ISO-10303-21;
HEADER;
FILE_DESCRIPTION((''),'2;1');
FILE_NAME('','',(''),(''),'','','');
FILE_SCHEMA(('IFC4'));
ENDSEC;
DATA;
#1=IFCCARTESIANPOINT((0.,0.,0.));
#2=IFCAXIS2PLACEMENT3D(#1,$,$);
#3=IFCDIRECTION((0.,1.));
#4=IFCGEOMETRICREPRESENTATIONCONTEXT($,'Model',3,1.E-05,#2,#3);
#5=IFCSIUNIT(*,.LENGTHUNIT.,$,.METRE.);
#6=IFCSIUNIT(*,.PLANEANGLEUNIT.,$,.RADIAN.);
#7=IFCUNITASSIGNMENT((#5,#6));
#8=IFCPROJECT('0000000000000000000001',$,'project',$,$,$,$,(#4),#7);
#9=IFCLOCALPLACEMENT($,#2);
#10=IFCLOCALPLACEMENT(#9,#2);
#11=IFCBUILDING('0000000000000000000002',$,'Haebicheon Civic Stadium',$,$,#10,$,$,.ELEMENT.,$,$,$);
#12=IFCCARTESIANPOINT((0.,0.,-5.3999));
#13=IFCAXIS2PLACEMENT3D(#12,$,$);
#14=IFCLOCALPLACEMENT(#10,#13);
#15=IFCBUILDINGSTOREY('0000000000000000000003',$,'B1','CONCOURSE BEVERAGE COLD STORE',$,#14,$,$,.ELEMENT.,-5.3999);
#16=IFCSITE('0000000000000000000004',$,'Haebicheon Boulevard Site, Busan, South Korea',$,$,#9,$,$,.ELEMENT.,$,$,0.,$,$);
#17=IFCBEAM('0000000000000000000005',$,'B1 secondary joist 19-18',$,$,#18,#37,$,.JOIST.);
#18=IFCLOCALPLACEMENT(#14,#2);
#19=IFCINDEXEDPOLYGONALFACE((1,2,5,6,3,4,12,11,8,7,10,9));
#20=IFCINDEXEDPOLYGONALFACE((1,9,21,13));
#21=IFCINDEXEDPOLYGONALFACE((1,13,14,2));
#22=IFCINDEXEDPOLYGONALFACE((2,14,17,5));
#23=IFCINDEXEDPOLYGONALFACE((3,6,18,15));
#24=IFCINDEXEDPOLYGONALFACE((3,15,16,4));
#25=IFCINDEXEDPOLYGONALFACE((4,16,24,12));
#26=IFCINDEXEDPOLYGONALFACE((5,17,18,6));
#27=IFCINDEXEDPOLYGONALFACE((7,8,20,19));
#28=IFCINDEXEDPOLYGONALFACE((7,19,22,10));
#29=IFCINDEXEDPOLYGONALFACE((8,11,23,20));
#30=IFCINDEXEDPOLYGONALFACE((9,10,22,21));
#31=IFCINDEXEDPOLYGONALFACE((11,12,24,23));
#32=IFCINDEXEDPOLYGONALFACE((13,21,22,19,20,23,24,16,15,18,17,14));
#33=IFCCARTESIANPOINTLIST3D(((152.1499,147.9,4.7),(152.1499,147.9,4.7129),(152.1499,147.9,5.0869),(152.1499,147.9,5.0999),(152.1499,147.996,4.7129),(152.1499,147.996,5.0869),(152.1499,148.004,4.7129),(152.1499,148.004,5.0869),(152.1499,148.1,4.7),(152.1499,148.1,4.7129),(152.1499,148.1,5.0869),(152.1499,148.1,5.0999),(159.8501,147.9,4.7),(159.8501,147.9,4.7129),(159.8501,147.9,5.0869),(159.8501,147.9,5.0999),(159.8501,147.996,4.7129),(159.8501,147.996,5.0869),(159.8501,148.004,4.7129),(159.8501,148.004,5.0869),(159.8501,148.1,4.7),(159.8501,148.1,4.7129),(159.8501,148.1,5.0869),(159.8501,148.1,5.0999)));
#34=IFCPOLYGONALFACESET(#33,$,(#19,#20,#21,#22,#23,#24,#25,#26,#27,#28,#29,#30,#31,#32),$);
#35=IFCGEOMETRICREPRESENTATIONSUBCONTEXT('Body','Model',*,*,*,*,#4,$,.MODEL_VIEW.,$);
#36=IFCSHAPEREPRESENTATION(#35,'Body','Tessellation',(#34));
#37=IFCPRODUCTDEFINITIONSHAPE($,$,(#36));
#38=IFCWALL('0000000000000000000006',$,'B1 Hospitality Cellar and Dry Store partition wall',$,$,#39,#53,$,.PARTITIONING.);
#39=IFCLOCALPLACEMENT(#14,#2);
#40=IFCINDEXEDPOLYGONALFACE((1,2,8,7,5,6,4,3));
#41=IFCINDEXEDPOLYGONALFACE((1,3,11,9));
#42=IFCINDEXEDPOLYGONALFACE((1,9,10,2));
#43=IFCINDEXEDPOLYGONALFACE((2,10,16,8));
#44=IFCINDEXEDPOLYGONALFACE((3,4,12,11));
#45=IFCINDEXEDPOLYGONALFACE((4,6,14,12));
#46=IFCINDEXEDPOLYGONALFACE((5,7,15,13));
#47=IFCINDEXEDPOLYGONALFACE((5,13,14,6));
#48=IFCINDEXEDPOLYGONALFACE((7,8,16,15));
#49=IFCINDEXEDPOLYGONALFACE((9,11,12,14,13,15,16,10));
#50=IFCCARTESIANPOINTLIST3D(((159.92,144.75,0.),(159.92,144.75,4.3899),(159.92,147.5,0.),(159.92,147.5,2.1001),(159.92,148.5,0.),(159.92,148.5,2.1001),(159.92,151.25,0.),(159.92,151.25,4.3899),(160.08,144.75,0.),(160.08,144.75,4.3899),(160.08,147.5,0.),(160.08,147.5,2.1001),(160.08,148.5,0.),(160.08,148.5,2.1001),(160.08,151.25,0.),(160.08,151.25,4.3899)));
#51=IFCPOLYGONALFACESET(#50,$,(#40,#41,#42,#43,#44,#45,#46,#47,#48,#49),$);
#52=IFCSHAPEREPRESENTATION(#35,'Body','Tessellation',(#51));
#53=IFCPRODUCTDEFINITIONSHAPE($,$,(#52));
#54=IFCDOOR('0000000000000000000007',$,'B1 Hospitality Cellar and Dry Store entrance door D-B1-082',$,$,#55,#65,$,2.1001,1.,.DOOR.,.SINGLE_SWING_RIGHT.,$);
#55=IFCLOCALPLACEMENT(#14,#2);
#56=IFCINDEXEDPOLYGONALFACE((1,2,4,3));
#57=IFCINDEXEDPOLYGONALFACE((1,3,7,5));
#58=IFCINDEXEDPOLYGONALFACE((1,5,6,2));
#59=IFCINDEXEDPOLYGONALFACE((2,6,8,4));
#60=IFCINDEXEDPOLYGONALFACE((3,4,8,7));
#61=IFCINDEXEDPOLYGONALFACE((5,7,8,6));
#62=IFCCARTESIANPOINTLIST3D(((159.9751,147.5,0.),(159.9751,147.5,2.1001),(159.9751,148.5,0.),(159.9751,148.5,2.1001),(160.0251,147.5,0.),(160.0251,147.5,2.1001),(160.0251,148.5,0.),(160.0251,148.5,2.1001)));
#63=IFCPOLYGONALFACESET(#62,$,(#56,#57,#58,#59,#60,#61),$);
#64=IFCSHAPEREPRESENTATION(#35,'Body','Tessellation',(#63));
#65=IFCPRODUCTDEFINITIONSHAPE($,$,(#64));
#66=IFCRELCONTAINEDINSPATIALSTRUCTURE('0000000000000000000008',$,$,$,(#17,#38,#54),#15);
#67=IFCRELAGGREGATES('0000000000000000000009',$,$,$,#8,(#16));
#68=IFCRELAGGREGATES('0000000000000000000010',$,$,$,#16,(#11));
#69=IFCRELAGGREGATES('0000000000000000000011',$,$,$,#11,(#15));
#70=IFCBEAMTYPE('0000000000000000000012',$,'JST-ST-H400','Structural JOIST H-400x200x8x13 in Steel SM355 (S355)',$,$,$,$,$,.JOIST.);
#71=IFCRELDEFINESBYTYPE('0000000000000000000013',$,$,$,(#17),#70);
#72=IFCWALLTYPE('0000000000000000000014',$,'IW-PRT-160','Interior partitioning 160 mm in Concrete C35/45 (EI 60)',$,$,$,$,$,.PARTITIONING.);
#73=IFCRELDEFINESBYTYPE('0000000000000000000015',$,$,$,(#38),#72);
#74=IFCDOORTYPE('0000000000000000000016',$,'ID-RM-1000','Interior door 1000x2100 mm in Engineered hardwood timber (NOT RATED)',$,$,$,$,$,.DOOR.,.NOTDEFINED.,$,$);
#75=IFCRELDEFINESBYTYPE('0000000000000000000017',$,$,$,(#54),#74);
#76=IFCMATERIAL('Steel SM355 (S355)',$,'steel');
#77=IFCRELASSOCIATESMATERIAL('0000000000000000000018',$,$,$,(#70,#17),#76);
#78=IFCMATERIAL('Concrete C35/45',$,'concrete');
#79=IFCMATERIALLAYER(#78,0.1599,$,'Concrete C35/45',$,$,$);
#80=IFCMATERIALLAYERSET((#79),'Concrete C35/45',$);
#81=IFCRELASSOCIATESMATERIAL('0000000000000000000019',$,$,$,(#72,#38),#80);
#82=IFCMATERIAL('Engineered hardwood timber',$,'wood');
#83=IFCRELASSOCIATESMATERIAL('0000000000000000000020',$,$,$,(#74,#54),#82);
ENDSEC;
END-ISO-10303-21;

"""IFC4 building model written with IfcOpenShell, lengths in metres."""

from ifc_helpers import new_model, si_unit, direction, frame, frame_2d, origin, origin_2d, place, context, subcontext, project, spatial, rectangle, i_section, extrude, material, layer, layer_set, material_profile, profile_set, type_object, element, fill, save


model = new_model("IFC4")

# Units and contexts
model_context = context("Model", 3, precision=1e-05, world=origin(), true_north=direction((0.0, 1.0)))
body_context = subcontext(model_context, "Body", "Model", "MODEL_VIEW")
ifc_project = project(units=[si_unit("LENGTHUNIT", "METRE"), si_unit("PLANEANGLEUNIT", "RADIAN")], contexts=[model_context])

# Site, building, storey
site_placement = place(None, origin())
site = spatial("IfcSite", under=ifc_project, at=site_placement, Name="Haebicheon Boulevard Site, Busan, South Korea", CompositionType="ELEMENT", RefElevation=0.0)
building_placement = place(site_placement, origin())
building = spatial("IfcBuilding", under=site, at=building_placement, Name="Haebicheon Civic Stadium", CompositionType="ELEMENT")
storey_placement = place(building_placement, frame((0.0, 0.0, -5.3999)))
storey = spatial("IfcBuildingStorey", under=building, at=storey_placement, Name="B1", Description="CONCOURSE BEVERAGE COLD STORE", CompositionType="ELEMENT", Elevation=-5.3999)

# Beam
ifc_material_1 = material(Name="Steel SM355 (S355)", Category="steel")
ifc_material_profile_1 = material_profile(ifc_material_1, i_section(OverallWidth=0.2, OverallDepth=0.3999, WebThickness=0.0081, FlangeThickness=0.0129, at=origin_2d()), Name="H-400x200x8x13")
ifc_profile_set_1 = profile_set([ifc_material_profile_1], Name="Steel SM355 (S355)")
beam_type_1 = type_object("IfcBeamType", Name="JST-ST-H400", Description="Structural JOIST H-400x200x8x13 in Steel SM355 (S355)", PredefinedType="JOIST", material=ifc_profile_set_1)
beam_1_placement = place(storey_placement, frame((152.1499, 148.0, 4.8999), z_axis=(1.0, 0.0, 0.0), x_axis=(0.0, 1.0, 0.0)))
element("IfcBeam", 1, at=beam_1_placement, inside=storey, type_object=beam_type_1, material=ifc_profile_set_1, Name="B1 secondary joist 19-18", PredefinedType="JOIST", context=body_context, shape_type="SweptSolid", body=[
    extrude(i_section(OverallWidth=0.2, OverallDepth=0.3999, WebThickness=0.0081, FlangeThickness=0.0129, at=origin_2d()), origin(), (0.0, 0.0, 1.0), 7.7002),
])

# Wall, opening, door
ifc_material_2 = material(Name="Concrete C35/45", Category="concrete")
ifc_layer_1 = layer(ifc_material_2, 0.1599, Name="Concrete C35/45")
ifc_layer_set_1 = layer_set([ifc_layer_1], Name="Concrete C35/45")
wall_type = type_object("IfcWallType", Name="IW-PRT-160", Description="Interior partitioning 160 mm in Concrete C35/45 (EI 60)", PredefinedType="PARTITIONING", material=ifc_layer_set_1)
wall_placement = place(storey_placement, frame((160.0, 144.75, 0.0), z_axis=(0.0, 0.0, 1.0), x_axis=(0.0, 1.0, 0.0)))
wall = element("IfcWall", 2, at=wall_placement, inside=storey, type_object=wall_type, material=ifc_layer_set_1, Name="B1 Hospitality Cellar and Dry Store partition wall", PredefinedType="PARTITIONING", context=body_context, shape_type="SweptSolid", body=[
    extrude(rectangle(XDim=6.5, YDim=0.1599, at=frame_2d((3.25, 0.0))), origin(), (0.0, 0.0, 1.0), 4.3899),
])
opening_placement = place(wall_placement, frame((2.75, 0.0, 0.0)))
opening = element("IfcOpeningElement", 3, at=opening_placement, cuts=wall, PredefinedType="OPENING", context=body_context, shape_type="SweptSolid", body=[
    extrude(rectangle(XDim=1.0, YDim=2.1001, at=frame_2d((0.5, 1.05))), frame((0.0, 0.0898, 0.0), z_axis=(0.0, -1.0, 0.0), x_axis=(1.0, 0.0, 0.0)), (0.0, 0.0, 1.0), 0.1799),
])
ifc_material_3 = material(Name="Engineered hardwood timber", Category="wood")
door_type = type_object("IfcDoorType", Name="ID-RM-1000", Description="Interior door 1000x2100 mm in Engineered hardwood timber (NOT RATED)", OperationType="NOTDEFINED", PredefinedType="DOOR", material=ifc_material_3)
door_placement = place(opening_placement, origin())
door = element("IfcDoor", 4, at=door_placement, inside=storey, type_object=door_type, material=ifc_material_3, Name="B1 Hospitality Cellar and Dry Store entrance door D-B1-082", OperationType="SINGLE_SWING_RIGHT", OverallHeight=2.1001, OverallWidth=1.0, PredefinedType="DOOR", context=body_context, shape_type="SweptSolid", body=[
    extrude(rectangle(XDim=1.0, YDim=2.1001, at=frame_2d((0.5, 1.05))), frame((0.0, 0.0249, 0.0), z_axis=(0.0, -1.0, 0.0), x_axis=(1.0, 0.0, 0.0)), (0.0, 0.0, 1.0), 0.05),
])
fill(opening, door)

save(model, "model.ifc")
